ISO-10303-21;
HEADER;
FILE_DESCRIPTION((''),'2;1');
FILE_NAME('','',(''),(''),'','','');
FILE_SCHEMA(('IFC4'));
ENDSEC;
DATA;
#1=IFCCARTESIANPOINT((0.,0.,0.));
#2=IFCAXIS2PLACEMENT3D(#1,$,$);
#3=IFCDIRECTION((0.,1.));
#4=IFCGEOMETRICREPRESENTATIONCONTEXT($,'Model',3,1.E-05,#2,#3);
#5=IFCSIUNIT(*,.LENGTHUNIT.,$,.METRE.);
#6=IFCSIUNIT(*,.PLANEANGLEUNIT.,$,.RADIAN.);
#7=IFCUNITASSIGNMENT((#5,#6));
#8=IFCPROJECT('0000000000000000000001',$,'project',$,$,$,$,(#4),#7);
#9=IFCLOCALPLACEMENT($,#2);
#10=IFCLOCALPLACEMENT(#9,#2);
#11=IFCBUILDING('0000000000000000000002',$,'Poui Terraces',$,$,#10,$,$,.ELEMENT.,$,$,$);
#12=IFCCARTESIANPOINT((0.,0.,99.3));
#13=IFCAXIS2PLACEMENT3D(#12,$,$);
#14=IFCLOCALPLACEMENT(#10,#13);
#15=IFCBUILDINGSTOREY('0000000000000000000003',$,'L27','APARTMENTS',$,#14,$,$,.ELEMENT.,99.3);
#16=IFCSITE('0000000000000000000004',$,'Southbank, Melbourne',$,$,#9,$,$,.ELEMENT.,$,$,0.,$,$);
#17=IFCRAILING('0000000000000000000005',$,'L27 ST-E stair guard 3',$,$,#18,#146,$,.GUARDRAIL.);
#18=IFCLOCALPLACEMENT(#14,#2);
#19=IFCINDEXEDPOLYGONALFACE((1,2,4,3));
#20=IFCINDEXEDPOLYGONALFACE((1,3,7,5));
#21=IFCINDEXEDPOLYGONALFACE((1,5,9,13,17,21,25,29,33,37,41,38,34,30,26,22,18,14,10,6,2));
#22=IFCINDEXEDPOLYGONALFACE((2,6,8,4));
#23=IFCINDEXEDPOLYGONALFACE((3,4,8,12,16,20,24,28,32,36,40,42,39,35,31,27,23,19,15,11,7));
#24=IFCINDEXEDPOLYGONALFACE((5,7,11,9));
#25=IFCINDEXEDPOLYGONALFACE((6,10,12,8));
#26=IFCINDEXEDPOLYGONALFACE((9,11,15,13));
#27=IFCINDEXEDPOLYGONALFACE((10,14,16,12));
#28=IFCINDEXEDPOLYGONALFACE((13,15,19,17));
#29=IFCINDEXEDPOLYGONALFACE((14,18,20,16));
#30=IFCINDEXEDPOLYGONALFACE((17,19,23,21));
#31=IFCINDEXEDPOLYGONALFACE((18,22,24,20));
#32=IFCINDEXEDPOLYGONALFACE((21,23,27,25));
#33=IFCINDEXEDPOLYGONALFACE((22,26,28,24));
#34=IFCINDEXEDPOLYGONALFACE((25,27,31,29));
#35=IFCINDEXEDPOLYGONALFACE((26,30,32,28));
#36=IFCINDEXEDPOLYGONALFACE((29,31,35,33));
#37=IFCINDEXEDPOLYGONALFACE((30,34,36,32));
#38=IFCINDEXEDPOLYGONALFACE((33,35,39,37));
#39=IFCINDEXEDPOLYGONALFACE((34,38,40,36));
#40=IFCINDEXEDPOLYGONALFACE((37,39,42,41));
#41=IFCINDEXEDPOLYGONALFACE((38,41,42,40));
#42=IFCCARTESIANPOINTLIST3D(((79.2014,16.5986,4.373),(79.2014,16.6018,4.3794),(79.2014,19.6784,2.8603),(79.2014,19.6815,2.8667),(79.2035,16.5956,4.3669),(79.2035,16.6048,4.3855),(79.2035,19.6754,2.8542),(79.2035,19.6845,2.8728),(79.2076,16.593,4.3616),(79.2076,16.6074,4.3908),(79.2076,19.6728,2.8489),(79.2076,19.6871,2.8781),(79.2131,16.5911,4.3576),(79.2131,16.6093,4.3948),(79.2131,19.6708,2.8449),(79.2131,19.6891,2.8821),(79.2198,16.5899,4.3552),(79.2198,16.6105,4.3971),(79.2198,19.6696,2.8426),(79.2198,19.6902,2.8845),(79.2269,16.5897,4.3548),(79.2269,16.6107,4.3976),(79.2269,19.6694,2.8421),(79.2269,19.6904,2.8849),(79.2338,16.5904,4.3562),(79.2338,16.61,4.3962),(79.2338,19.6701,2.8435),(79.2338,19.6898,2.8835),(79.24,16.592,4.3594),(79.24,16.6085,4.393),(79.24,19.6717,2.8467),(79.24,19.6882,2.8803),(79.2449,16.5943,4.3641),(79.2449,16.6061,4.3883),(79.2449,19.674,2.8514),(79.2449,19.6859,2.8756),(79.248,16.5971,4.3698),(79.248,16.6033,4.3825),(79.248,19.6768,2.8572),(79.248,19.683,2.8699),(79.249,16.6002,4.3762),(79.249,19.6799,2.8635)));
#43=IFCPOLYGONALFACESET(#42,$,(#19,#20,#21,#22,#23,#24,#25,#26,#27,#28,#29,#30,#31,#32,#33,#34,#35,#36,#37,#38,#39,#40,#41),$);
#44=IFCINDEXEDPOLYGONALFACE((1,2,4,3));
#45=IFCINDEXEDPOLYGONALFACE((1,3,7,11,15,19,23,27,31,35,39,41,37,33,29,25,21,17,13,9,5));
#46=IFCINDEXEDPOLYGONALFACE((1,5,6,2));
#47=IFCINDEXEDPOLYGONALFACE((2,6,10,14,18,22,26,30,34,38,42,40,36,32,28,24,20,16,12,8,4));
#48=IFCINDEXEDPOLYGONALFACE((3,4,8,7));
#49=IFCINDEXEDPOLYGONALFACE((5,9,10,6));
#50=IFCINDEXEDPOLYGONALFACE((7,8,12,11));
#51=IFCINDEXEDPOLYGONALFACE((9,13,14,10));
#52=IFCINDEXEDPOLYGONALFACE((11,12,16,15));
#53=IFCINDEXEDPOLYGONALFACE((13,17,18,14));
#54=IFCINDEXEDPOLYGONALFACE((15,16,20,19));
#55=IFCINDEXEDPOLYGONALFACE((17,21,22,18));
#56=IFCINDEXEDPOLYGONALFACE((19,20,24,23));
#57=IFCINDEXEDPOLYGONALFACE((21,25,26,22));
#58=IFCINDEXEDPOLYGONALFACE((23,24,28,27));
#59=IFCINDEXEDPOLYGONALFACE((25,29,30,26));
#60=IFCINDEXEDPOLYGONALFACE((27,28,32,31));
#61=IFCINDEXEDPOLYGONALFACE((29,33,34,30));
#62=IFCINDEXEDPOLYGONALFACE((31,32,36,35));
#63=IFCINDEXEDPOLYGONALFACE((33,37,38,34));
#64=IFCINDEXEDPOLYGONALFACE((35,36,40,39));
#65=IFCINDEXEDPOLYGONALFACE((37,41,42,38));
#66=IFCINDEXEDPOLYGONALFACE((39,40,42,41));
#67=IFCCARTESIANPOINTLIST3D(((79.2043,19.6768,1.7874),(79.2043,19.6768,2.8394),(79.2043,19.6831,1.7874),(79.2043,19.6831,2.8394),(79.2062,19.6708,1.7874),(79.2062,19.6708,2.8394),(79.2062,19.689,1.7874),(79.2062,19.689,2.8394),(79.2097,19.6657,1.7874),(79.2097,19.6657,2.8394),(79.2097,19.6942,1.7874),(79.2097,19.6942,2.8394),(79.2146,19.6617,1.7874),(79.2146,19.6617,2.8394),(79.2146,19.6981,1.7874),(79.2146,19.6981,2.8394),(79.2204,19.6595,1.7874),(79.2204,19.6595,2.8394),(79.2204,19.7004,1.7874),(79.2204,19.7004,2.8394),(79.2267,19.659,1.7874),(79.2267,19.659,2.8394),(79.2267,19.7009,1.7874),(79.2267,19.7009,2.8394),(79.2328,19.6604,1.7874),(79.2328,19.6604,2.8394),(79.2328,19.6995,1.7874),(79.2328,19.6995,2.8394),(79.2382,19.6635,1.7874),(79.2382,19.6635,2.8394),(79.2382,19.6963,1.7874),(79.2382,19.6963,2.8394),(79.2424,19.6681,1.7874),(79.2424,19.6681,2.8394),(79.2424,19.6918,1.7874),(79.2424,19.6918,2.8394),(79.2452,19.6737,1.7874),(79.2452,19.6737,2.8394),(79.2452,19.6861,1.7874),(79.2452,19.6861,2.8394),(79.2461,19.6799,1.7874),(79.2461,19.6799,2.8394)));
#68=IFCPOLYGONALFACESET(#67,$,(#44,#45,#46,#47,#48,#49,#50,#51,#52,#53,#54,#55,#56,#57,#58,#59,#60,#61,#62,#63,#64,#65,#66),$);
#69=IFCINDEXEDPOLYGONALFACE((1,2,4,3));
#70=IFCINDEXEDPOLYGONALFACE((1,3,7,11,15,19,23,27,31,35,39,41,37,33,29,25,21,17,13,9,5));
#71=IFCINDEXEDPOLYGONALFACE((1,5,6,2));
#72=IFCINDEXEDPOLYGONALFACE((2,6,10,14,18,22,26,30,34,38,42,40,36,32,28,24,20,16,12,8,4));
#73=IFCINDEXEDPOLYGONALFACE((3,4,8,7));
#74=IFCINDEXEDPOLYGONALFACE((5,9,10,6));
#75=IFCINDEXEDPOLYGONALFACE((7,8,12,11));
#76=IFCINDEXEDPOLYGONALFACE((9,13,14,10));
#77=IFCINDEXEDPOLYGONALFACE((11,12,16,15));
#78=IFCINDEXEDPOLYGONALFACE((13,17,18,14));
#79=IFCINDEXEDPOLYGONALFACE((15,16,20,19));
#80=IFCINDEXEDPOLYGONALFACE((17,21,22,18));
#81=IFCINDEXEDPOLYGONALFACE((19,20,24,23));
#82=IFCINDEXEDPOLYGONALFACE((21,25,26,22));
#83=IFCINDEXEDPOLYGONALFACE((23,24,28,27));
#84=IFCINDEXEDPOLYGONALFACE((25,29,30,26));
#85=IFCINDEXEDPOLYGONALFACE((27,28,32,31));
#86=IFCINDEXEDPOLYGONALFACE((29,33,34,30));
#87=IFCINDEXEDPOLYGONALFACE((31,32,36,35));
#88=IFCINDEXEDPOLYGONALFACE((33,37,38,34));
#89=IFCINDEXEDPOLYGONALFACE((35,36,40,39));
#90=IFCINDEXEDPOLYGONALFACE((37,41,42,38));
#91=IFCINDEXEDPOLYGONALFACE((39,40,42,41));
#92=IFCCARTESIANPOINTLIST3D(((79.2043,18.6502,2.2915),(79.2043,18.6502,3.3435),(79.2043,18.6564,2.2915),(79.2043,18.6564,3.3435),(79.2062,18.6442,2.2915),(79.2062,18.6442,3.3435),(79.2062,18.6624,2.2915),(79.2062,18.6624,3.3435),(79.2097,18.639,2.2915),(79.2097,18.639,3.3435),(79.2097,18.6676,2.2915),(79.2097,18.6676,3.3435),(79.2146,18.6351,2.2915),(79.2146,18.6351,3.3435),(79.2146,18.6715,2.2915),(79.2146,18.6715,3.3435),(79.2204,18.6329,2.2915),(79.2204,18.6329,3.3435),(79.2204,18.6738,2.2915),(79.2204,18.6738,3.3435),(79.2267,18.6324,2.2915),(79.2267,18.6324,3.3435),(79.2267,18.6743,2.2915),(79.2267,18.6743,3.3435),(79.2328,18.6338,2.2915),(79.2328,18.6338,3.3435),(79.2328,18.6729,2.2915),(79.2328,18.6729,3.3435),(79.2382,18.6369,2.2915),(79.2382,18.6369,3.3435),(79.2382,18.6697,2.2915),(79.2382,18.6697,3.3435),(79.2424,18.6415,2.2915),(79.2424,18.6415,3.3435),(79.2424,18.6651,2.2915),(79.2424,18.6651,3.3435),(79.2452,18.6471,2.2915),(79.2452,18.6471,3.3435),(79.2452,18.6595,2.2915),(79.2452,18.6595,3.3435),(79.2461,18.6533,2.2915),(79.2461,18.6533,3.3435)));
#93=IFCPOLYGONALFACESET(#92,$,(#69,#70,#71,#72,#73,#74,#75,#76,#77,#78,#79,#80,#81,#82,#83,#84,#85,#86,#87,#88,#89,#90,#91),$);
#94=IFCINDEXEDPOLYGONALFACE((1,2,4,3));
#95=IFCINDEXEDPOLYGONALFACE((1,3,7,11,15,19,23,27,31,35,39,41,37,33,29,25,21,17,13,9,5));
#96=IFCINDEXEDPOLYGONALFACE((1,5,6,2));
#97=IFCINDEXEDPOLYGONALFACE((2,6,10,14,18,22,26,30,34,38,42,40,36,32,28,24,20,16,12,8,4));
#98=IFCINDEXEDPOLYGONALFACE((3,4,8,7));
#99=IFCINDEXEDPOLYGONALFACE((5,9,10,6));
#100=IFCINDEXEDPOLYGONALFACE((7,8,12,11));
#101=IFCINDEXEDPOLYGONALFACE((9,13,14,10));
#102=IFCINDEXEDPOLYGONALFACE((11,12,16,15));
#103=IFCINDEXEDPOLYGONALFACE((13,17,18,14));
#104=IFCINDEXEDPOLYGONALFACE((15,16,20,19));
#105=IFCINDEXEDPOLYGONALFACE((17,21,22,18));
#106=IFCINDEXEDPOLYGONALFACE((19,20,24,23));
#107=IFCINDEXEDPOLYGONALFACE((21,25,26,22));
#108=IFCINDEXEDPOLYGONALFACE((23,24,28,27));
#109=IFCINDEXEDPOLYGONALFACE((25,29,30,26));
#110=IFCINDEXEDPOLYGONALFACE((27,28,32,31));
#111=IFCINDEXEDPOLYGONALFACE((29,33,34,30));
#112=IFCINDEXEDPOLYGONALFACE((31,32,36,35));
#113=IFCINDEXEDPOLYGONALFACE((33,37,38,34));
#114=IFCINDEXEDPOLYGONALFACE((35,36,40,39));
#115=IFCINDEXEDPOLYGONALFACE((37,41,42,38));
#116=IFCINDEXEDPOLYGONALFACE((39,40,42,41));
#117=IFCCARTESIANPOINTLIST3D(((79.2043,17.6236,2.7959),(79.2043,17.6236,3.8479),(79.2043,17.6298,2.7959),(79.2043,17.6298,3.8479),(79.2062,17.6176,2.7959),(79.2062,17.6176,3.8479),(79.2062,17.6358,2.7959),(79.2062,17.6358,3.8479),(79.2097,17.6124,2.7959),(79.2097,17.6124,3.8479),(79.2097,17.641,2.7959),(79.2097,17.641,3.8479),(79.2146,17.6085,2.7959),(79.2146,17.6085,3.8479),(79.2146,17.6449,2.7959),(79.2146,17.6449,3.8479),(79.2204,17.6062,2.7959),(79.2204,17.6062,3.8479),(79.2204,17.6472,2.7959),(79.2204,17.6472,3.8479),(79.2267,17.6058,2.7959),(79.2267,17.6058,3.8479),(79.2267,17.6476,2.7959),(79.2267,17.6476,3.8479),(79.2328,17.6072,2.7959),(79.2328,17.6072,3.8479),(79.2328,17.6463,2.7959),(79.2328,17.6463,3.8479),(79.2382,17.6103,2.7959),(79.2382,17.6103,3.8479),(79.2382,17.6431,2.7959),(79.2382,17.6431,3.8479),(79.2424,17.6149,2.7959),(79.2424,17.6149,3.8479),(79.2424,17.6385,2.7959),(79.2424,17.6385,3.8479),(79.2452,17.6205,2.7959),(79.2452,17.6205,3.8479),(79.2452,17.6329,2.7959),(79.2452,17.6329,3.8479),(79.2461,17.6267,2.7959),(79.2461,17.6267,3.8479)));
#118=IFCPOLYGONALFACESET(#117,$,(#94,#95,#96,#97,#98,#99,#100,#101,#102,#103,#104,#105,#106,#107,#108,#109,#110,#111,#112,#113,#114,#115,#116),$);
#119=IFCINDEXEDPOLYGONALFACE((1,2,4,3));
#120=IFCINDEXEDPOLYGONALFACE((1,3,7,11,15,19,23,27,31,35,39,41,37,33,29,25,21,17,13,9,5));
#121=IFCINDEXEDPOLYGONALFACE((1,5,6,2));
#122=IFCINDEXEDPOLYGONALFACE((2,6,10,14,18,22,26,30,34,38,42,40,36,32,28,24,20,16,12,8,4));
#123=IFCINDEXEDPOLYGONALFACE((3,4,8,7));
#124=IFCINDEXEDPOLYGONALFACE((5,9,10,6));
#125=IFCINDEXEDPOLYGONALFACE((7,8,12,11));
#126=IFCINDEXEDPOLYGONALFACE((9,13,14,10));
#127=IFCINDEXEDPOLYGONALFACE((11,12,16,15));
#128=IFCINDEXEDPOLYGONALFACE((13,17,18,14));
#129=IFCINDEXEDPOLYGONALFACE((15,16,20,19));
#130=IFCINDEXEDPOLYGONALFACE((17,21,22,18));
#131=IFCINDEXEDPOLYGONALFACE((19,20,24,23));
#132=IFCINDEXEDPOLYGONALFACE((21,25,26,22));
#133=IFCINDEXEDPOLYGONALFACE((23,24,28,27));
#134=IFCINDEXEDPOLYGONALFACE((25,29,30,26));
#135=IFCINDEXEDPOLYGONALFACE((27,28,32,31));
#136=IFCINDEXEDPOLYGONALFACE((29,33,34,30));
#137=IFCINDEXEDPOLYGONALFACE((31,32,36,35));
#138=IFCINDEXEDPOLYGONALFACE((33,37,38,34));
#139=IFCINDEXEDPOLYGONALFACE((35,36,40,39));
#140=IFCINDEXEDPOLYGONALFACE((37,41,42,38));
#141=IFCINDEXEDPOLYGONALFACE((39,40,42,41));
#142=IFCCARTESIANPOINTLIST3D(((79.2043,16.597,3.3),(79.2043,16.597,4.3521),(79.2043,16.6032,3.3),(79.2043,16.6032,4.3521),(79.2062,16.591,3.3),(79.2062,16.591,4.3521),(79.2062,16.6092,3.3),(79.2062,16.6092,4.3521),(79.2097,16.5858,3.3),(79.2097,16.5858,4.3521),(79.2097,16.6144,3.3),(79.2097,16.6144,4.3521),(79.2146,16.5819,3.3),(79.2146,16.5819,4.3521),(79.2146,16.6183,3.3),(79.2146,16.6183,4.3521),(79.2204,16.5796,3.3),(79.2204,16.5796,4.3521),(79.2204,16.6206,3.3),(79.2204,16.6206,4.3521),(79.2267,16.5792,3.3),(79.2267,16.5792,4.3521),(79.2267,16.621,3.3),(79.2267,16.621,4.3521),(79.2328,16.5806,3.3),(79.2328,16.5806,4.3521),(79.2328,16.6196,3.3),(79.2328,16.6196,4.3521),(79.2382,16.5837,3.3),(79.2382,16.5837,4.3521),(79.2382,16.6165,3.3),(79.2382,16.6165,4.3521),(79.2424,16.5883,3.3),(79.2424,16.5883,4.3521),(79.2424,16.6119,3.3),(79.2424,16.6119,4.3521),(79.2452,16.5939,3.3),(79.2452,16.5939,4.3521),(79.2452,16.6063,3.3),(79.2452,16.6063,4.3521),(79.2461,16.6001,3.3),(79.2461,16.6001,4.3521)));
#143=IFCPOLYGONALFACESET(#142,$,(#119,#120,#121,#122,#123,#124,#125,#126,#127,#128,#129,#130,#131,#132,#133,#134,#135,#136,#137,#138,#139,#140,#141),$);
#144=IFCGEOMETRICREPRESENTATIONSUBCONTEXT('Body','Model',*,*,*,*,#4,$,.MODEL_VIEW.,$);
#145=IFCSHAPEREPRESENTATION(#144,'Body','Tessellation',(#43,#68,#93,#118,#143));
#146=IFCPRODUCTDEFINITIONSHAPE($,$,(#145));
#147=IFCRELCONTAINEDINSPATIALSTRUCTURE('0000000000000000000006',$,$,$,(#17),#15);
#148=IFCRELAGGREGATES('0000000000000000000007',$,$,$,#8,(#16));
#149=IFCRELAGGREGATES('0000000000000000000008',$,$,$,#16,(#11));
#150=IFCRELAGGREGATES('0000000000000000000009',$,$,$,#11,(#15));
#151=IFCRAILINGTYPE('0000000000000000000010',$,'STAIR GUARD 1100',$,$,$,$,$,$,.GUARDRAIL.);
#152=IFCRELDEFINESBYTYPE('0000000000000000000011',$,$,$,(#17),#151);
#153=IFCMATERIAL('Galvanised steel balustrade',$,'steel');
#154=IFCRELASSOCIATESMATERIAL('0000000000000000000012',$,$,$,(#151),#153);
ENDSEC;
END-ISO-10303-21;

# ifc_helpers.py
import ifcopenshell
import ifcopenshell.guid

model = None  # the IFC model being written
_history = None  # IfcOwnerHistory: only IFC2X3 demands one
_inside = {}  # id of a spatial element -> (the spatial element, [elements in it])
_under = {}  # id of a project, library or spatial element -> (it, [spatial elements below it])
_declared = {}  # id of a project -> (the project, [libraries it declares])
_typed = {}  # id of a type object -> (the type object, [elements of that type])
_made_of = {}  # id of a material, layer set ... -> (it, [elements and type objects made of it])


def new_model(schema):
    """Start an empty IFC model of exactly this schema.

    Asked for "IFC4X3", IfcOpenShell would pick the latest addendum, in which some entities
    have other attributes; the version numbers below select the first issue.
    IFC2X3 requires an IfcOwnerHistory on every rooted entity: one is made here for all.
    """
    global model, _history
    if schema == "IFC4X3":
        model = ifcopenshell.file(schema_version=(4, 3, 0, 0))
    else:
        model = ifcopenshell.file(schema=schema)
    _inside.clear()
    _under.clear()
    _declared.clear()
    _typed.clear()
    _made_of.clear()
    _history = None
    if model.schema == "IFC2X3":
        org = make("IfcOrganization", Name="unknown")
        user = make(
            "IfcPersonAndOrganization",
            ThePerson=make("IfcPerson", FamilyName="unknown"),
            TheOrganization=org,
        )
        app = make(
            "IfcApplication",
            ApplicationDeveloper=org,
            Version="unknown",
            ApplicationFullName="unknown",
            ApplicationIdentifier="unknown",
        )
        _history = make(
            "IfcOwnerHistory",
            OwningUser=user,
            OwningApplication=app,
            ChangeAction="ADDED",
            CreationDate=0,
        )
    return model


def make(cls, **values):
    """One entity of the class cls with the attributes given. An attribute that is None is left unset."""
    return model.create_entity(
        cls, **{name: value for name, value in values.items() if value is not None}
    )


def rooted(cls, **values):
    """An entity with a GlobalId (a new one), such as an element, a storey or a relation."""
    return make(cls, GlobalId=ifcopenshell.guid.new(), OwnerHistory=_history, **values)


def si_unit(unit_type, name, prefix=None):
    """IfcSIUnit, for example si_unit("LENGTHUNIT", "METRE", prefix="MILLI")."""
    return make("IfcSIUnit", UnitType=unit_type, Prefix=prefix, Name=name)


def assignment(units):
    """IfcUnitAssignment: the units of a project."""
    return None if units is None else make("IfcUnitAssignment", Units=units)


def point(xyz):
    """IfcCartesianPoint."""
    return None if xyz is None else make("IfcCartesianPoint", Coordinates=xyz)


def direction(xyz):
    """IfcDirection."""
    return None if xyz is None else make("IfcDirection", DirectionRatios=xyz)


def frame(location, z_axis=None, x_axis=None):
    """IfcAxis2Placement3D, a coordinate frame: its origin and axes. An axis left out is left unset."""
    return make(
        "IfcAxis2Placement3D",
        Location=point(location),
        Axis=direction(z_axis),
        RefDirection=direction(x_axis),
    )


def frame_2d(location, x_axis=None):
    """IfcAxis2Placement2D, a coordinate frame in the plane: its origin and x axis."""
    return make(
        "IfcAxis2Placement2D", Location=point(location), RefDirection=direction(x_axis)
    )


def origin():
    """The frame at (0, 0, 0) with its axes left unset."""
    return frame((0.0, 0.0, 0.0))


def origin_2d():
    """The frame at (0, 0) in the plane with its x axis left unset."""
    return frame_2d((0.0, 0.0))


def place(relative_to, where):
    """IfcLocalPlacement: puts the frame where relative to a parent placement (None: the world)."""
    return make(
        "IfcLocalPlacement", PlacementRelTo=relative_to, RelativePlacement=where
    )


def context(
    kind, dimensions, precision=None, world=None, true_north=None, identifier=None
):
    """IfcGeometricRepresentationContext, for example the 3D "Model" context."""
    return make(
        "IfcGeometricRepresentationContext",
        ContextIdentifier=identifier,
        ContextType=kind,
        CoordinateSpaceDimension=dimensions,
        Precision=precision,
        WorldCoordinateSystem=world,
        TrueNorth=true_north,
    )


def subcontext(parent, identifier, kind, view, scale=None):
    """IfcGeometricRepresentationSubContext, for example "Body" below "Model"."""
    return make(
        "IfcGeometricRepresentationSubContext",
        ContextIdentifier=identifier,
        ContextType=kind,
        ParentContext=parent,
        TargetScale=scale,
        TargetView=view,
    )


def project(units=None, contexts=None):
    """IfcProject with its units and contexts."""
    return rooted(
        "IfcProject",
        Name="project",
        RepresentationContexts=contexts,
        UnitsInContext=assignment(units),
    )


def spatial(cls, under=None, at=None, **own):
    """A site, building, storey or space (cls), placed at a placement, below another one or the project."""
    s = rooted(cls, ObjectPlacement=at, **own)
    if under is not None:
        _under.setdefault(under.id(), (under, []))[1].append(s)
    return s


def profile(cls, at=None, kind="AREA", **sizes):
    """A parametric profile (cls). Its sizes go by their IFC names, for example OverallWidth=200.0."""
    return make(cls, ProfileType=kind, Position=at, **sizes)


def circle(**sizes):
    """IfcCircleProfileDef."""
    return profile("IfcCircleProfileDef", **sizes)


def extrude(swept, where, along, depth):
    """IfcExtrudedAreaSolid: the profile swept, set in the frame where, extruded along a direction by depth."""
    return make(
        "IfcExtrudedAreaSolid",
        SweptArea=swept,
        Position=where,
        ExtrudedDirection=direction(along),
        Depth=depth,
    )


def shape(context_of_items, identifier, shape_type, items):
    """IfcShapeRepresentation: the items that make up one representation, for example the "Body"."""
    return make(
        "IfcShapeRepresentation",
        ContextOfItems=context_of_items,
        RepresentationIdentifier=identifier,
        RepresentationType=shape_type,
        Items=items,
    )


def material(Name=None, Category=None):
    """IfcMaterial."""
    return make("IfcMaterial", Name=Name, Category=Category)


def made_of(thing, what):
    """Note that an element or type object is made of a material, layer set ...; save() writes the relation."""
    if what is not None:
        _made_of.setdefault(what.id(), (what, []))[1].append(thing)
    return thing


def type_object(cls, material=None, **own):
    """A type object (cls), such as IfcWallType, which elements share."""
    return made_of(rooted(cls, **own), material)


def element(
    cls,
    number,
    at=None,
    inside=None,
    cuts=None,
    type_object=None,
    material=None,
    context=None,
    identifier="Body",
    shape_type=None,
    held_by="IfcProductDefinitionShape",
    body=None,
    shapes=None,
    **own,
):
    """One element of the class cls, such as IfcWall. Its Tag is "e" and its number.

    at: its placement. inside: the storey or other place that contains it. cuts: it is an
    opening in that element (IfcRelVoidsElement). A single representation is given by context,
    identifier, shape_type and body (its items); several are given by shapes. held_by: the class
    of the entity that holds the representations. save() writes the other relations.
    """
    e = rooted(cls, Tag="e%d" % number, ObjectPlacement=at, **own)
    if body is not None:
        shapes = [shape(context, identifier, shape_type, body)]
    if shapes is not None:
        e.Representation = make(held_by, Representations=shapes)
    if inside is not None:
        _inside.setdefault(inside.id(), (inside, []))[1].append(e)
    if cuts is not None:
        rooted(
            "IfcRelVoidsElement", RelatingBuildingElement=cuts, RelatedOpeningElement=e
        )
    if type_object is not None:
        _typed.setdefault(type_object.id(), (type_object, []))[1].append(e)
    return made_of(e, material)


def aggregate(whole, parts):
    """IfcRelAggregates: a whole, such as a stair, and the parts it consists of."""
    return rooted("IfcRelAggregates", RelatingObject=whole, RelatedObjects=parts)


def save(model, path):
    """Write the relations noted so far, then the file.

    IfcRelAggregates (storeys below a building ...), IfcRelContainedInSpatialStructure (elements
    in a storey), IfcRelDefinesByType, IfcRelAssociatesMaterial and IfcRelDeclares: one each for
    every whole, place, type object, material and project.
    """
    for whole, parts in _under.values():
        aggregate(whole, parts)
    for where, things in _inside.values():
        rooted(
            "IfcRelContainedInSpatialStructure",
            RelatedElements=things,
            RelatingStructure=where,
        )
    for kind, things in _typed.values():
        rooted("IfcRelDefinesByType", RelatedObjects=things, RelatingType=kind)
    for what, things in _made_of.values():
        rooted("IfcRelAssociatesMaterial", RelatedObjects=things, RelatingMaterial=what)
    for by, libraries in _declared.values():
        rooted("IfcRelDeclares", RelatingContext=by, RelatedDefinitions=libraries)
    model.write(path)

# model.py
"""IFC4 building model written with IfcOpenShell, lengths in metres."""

from ifc_helpers import new_model, si_unit, direction, frame, origin, origin_2d, place, context, subcontext, project, spatial, circle, extrude, material, type_object, element, save


model = new_model("IFC4")

# Units and contexts
model_context = context("Model", 3, precision=1e-05, world=origin(), true_north=direction((0.0, 1.0)))
body_context = subcontext(model_context, "Body", "Model", "MODEL_VIEW")
ifc_project = project(units=[si_unit("LENGTHUNIT", "METRE"), si_unit("PLANEANGLEUNIT", "RADIAN")], contexts=[model_context])

# Site, building, storey
site_placement = place(None, origin())
site = spatial("IfcSite", under=ifc_project, at=site_placement, Name="Southbank, Melbourne", CompositionType="ELEMENT", RefElevation=0.0)
building_placement = place(site_placement, origin())
building = spatial("IfcBuilding", under=site, at=building_placement, Name="Poui Terraces", CompositionType="ELEMENT")
storey_placement = place(building_placement, frame((0.0, 0.0, 99.3)))
storey = spatial("IfcBuildingStorey", under=building, at=storey_placement, Name="L27", Description="APARTMENTS", CompositionType="ELEMENT", Elevation=99.3)

# Railing
ifc_material_1 = material(Name="Galvanised steel balustrade", Category="steel")
railing_type_1 = type_object("IfcRailingType", Name="STAIR GUARD 1100", PredefinedType="GUARDRAIL", material=ifc_material_1)
railing_1_placement = place(storey_placement, frame((79.2251, 19.6799, 1.7874)))
element("IfcRailing", 1, at=railing_1_placement, inside=storey, type_object=railing_type_1, Name="L27 ST-E stair guard 3", PredefinedType="GUARDRAIL", context=body_context, shape_type="SweptSolid", body=[
    extrude(circle(Radius=0.0239, at=origin_2d()), frame((0.0, 0.0, 1.0762), z_axis=(0.0, -0.897578, 0.440856), x_axis=(1.0, 0.0, 0.0)), (0.0, 0.0, 1.0), 3.4312),
    extrude(circle(Radius=0.021, at=origin_2d()), origin(), (0.0, 0.0, 1.0), 1.052),
    extrude(circle(Radius=0.021, at=origin_2d()), frame((0.0, -1.0266, 0.5042)), (0.0, 0.0, 1.0), 1.052),
    extrude(circle(Radius=0.021, at=origin_2d()), frame((0.0, -2.0532, 1.0085)), (0.0, 0.0, 1.0), 1.052),
    extrude(circle(Radius=0.021, at=origin_2d()), frame((0.0, -3.0798, 1.5127)), (0.0, 0.0, 1.0), 1.052),
])

save(model, "model.ifc")
